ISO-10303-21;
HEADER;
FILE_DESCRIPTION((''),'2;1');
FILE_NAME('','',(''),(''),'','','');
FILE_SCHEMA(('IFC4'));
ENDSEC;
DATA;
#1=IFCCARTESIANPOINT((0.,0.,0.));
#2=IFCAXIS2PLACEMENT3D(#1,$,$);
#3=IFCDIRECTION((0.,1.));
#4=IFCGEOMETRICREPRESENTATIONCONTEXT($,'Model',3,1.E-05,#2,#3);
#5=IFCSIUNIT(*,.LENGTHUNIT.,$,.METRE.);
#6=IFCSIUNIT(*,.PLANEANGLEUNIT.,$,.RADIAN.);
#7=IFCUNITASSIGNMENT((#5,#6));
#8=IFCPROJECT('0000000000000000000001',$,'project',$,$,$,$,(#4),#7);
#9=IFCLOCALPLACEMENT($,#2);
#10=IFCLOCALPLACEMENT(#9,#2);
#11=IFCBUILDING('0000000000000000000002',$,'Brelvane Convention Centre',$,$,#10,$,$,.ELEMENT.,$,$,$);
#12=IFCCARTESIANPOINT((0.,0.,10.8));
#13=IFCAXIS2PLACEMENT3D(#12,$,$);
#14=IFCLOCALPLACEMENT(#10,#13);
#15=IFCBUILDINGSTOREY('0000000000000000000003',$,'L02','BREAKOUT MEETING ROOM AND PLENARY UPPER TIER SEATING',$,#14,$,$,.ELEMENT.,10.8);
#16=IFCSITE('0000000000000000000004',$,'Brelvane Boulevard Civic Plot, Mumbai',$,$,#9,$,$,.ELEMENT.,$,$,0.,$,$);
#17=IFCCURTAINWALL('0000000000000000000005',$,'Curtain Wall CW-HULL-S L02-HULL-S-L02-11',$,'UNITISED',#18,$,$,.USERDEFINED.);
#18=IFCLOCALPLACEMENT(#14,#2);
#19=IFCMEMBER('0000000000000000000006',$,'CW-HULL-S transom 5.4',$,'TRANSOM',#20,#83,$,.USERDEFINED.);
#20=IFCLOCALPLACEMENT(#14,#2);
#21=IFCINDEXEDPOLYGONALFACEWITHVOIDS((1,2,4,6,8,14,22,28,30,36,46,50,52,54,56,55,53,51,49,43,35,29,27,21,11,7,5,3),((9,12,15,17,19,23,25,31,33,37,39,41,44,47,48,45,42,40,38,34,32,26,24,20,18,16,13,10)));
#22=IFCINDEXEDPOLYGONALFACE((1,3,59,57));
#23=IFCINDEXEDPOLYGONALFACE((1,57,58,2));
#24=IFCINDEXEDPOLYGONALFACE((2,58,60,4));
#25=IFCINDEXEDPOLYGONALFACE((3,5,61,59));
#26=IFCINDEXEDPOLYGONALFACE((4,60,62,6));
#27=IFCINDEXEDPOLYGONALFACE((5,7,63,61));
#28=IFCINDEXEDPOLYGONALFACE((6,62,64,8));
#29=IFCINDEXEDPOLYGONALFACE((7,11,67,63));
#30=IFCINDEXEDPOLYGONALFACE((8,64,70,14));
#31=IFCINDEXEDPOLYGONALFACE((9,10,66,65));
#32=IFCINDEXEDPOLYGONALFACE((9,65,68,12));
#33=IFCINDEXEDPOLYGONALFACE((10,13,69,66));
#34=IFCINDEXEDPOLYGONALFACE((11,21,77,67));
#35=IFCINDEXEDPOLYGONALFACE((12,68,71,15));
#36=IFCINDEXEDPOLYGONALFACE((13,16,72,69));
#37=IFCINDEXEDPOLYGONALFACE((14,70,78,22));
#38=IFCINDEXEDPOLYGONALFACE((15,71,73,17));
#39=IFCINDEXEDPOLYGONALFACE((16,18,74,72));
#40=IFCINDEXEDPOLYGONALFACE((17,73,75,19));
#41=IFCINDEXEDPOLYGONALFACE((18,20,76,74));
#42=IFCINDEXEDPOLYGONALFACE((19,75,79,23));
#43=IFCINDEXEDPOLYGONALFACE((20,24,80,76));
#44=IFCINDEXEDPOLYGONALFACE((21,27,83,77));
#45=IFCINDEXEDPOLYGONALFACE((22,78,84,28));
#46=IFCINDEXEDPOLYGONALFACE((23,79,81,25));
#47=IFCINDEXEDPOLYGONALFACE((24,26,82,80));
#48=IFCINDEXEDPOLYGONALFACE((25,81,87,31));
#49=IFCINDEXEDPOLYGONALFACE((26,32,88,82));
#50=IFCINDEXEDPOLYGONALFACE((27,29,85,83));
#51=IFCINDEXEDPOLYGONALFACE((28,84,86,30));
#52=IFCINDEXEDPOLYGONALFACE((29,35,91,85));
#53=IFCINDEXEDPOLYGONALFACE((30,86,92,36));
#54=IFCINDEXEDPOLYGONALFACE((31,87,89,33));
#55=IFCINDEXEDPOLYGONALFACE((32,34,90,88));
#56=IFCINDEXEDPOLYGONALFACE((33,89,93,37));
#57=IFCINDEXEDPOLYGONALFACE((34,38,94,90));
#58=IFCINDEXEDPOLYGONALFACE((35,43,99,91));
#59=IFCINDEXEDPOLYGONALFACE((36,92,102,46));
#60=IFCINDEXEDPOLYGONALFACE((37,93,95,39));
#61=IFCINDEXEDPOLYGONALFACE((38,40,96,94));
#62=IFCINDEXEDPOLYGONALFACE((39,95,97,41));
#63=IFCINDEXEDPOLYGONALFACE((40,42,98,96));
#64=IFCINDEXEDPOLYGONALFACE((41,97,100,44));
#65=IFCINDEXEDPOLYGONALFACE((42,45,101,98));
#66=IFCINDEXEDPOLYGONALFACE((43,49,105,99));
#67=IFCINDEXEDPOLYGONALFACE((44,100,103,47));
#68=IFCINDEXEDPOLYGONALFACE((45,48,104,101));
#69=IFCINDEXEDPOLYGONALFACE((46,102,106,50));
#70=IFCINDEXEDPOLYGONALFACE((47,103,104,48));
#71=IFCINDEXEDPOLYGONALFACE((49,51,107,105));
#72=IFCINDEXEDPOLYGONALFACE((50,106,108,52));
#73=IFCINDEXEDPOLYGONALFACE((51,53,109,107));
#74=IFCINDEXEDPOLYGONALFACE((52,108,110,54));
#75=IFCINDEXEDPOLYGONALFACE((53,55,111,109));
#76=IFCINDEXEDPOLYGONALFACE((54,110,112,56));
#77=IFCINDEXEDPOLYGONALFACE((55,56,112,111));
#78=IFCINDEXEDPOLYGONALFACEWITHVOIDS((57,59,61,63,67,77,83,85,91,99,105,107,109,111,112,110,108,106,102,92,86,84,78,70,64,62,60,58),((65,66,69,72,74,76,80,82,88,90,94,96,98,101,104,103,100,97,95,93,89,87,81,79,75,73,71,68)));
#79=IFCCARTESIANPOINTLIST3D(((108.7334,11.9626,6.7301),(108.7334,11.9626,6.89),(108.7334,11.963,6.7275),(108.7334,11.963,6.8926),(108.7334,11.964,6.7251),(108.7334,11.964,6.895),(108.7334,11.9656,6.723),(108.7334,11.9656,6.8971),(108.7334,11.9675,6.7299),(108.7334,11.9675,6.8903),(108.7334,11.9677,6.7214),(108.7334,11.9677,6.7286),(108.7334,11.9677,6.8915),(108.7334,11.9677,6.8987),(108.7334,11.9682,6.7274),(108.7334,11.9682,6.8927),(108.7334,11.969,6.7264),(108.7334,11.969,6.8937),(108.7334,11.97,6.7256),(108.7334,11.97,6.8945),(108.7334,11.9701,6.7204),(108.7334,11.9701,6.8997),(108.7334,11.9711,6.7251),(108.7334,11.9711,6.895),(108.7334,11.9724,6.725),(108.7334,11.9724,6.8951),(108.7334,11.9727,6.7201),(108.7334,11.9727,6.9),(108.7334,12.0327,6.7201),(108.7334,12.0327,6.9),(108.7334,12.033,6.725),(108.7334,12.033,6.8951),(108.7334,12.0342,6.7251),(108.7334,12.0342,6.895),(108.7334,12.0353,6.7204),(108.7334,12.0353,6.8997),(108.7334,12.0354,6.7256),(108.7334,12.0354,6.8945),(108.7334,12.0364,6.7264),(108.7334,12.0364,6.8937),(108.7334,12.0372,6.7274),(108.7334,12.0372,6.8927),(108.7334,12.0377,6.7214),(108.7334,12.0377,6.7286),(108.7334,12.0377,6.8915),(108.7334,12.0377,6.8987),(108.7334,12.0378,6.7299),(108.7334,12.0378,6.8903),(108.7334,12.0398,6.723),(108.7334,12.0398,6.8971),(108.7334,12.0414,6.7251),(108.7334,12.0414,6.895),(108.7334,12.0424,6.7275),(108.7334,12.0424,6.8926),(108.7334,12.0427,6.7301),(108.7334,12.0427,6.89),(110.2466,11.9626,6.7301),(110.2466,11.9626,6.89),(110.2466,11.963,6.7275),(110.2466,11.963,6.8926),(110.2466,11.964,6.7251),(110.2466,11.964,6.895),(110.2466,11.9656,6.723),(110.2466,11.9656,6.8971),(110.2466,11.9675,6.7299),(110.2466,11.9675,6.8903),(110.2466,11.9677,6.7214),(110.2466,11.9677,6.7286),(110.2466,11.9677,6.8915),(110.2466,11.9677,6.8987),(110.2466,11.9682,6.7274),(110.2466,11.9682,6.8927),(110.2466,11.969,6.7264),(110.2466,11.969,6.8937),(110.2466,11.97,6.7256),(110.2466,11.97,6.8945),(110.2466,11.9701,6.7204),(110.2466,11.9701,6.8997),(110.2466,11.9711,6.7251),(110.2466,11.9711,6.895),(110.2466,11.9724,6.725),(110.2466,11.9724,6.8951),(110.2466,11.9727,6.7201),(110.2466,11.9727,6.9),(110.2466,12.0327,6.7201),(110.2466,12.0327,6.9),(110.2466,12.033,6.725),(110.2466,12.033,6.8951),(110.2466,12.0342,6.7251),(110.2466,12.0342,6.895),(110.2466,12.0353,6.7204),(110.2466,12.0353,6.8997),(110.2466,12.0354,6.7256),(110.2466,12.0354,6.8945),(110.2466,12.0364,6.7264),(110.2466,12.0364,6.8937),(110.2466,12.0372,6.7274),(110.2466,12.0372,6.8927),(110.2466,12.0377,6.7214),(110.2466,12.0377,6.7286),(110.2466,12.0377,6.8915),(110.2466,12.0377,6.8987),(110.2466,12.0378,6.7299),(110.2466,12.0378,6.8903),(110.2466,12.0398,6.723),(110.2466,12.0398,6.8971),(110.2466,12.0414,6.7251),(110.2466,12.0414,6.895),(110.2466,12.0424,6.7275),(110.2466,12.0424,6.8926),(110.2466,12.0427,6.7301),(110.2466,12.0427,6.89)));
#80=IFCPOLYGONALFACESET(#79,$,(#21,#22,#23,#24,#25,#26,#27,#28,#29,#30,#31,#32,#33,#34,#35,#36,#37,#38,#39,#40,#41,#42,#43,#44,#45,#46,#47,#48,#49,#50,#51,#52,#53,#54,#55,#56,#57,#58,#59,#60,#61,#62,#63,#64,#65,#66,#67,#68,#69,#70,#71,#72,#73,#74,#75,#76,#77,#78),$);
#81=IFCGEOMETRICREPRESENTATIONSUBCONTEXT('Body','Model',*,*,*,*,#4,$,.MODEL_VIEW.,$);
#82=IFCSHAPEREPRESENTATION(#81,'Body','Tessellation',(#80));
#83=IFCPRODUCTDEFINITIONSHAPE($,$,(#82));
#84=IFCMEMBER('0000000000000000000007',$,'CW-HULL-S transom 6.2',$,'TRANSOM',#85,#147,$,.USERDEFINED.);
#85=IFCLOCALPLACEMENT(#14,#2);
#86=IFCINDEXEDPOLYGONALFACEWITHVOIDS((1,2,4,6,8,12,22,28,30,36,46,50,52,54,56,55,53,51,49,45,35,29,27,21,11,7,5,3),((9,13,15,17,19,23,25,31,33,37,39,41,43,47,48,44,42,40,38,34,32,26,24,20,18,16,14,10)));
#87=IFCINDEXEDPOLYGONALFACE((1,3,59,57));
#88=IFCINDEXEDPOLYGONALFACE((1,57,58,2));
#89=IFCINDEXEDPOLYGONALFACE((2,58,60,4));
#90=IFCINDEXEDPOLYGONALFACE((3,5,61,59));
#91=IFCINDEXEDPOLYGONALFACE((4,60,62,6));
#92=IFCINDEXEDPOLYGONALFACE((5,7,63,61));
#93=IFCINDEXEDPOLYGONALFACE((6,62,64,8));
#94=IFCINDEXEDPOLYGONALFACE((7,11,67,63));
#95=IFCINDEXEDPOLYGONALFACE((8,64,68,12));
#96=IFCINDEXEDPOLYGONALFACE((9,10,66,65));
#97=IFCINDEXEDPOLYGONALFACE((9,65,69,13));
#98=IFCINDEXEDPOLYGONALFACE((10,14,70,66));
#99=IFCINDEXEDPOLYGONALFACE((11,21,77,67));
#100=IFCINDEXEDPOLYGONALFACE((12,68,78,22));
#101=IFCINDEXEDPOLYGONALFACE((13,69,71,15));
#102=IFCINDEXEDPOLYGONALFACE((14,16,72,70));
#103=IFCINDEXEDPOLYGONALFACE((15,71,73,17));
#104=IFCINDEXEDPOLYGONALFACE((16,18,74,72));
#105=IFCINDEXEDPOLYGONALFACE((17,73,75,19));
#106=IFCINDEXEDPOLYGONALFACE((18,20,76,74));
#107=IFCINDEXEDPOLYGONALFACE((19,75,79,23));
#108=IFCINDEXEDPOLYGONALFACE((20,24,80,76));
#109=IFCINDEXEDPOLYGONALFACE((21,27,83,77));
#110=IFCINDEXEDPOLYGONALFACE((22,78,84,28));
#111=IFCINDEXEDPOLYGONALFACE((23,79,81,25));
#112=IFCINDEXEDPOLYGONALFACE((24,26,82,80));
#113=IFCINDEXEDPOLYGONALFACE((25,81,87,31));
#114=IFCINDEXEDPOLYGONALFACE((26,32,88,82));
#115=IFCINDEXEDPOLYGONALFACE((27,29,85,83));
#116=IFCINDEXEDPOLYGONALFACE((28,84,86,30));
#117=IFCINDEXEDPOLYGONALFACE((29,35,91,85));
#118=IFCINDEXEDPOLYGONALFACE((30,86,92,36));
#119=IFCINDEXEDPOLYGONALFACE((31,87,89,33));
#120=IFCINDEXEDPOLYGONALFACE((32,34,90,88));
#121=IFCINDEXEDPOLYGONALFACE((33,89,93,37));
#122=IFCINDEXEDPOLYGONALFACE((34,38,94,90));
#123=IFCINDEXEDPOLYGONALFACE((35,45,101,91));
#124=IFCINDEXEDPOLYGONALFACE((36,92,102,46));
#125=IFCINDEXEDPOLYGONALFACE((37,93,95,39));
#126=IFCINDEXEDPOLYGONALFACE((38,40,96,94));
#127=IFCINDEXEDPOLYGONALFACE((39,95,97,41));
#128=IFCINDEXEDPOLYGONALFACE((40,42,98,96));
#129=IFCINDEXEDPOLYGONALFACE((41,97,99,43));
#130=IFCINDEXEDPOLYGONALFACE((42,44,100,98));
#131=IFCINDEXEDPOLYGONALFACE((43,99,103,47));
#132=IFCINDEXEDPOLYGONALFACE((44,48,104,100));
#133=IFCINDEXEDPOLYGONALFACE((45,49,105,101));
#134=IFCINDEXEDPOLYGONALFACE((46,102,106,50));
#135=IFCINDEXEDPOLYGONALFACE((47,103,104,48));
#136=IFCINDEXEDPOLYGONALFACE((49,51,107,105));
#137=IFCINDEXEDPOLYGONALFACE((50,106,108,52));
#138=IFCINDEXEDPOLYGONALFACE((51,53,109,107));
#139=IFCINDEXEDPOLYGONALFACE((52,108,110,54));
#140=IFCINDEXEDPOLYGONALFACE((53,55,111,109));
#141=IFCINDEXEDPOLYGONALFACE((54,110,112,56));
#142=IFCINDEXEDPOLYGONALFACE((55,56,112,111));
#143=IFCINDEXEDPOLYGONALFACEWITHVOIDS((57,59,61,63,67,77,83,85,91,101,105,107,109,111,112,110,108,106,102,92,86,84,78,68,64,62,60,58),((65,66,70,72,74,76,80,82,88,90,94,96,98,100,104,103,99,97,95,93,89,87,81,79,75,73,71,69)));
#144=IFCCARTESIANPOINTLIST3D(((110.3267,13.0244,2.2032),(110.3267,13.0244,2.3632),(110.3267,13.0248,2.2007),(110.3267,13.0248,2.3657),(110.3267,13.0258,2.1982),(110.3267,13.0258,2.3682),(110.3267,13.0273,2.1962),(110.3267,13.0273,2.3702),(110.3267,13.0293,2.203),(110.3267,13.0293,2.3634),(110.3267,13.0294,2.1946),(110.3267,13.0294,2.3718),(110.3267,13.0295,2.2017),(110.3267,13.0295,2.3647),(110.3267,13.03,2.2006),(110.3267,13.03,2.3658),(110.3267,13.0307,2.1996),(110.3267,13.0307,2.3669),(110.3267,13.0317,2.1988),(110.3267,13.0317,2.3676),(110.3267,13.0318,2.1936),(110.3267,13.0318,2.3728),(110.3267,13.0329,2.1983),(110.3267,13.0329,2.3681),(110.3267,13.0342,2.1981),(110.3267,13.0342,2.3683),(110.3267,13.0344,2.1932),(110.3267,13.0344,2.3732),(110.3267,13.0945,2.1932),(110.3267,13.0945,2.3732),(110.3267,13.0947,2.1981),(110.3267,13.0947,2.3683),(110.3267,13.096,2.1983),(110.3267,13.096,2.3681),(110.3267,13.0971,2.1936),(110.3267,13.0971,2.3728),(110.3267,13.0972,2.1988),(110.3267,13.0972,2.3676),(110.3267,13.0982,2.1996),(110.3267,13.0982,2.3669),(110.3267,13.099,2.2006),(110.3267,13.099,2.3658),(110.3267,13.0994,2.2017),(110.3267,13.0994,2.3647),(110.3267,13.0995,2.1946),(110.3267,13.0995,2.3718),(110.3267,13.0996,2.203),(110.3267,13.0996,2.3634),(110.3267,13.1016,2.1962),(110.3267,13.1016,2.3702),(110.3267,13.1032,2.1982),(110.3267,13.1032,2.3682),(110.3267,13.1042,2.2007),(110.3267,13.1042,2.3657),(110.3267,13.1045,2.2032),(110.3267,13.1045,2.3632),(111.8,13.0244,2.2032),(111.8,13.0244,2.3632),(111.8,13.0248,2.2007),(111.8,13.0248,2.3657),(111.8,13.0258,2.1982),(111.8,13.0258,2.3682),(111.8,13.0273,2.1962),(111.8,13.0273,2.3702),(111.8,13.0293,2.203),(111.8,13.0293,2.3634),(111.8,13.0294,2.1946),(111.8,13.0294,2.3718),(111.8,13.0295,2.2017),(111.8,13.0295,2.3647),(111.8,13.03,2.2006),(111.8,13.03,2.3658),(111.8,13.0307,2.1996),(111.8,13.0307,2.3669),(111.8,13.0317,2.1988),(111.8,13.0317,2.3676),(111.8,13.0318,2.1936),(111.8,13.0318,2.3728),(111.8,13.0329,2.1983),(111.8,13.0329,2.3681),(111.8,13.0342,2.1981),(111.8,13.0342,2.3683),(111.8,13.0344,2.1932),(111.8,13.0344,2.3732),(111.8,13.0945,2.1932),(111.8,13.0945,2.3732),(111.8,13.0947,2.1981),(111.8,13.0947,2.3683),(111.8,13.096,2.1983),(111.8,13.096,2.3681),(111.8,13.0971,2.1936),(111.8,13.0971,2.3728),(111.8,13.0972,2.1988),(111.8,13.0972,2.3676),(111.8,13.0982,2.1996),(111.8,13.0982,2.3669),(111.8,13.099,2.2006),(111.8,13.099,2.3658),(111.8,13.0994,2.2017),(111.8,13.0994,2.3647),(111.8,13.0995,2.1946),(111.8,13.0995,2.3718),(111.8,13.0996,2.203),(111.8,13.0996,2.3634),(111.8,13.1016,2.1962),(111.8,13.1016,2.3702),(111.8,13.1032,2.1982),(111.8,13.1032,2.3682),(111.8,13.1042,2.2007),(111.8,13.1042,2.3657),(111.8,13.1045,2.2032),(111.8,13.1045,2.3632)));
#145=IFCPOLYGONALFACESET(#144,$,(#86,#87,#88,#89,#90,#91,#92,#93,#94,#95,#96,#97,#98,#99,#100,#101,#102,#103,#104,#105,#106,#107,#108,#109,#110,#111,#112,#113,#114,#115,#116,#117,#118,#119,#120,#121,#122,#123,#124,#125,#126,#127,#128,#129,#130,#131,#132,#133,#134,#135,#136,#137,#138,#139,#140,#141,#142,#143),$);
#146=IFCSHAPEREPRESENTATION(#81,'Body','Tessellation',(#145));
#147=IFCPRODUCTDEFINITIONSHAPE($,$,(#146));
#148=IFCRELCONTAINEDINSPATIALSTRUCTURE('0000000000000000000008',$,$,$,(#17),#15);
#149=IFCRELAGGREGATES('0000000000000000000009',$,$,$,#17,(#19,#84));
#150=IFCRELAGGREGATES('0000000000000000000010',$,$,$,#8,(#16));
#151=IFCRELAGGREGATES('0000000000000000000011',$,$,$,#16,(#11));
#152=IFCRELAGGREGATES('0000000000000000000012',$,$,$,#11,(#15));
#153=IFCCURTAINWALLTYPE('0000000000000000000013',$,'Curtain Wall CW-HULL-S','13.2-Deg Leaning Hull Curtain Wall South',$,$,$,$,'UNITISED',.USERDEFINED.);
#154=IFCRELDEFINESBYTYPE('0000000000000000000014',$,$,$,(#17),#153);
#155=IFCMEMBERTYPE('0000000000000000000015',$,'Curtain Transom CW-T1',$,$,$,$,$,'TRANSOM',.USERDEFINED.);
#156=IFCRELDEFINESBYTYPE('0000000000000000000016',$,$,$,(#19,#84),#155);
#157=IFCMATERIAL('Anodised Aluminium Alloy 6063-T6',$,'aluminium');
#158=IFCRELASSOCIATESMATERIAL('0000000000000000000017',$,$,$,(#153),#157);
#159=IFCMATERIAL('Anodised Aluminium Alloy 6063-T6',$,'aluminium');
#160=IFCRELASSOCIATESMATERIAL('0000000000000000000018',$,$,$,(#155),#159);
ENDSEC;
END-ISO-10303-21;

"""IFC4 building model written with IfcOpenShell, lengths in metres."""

from ifc_helpers import new_model, si_unit, direction, frame, origin, origin_2d, place, context, subcontext, project, spatial, hollow_rectangle, extrude, material, material_profile, profile_set, type_object, element, aggregate, save


model = new_model("IFC4")

# Units and contexts
model_context = context("Model", 3, precision=1e-05, world=origin(), true_north=direction((0.0, 1.0)))
body_context = subcontext(model_context, "Body", "Model", "MODEL_VIEW")
ifc_project = project(units=[si_unit("LENGTHUNIT", "METRE"), si_unit("PLANEANGLEUNIT", "RADIAN")], contexts=[model_context])

# Site, building, storey
site_placement = place(None, origin())
site = spatial("IfcSite", under=ifc_project, at=site_placement, Name="Brelvane Boulevard Civic Plot, Mumbai", CompositionType="ELEMENT", RefElevation=0.0)
building_placement = place(site_placement, origin())
building = spatial("IfcBuilding", under=site, at=building_placement, Name="Brelvane Convention Centre", CompositionType="ELEMENT")
storey_placement = place(building_placement, frame((0.0, 0.0, 10.8)))
storey = spatial("IfcBuildingStorey", under=building, at=storey_placement, Name="L02", Description="BREAKOUT MEETING ROOM AND PLENARY UPPER TIER SEATING", CompositionType="ELEMENT", Elevation=10.8)

# Curtain wall, members
ifc_material_1 = material(Name="Anodised Aluminium Alloy 6063-T6", Category="aluminium")
curtain_wall_type = type_object("IfcCurtainWallType", Name="Curtain Wall CW-HULL-S", Description="13.2-Deg Leaning Hull Curtain Wall South", ElementType="UNITISED", PredefinedType="USERDEFINED", material=ifc_material_1)
curtain_wall_1_placement = place(storey_placement, origin())
curtain_wall_1 = element("IfcCurtainWall", 1, at=curtain_wall_1_placement, inside=storey, type_object=curtain_wall_type, Name="Curtain Wall CW-HULL-S L02-HULL-S-L02-11", ObjectType="UNITISED", PredefinedType="USERDEFINED")
ifc_material_2 = material(Name="Anodised Aluminium Alloy 6063-T6", Category="aluminium")
ifc_material_profile = material_profile(ifc_material_2, hollow_rectangle(XDim=0.0801, YDim=0.1799, WallThickness=0.0049, InnerFilletRadius=0.0049, OuterFilletRadius=0.01, at=origin_2d()), Name="ALU-T 180x80x5.0")
ifc_profile_set = profile_set([ifc_material_profile], Name="Anodised Aluminium Alloy 6063-T6")
member_type = type_object("IfcMemberType", Name="Curtain Transom CW-T1", ElementType="TRANSOM", PredefinedType="USERDEFINED", material=ifc_profile_set)
member_1_placement = place(storey_placement, frame((108.7334, 12.0027, 6.8101), z_axis=(1.0, 0.0, 0.0), x_axis=(0.0, 1.0, 0.0)))
member_1 = element("IfcMember", 2, at=member_1_placement, type_object=member_type, Name="CW-HULL-S transom 5.4", ObjectType="TRANSOM", PredefinedType="USERDEFINED", context=body_context, shape_type="SweptSolid", body=[
    extrude(hollow_rectangle(XDim=0.0801, YDim=0.1799, WallThickness=0.0049, InnerFilletRadius=0.0049, OuterFilletRadius=0.01, at=origin_2d()), origin(), (0.0, 0.0, 1.0), 1.5132),
])
member_2_placement = place(storey_placement, frame((110.3267, 13.0645, 2.2832), z_axis=(1.0, 0.0, 0.0), x_axis=(0.0, 1.0, 0.0)))
member_2 = element("IfcMember", 3, at=member_2_placement, type_object=member_type, Name="CW-HULL-S transom 6.2", ObjectType="TRANSOM", PredefinedType="USERDEFINED", context=body_context, shape_type="SweptSolid", body=[
    extrude(hollow_rectangle(XDim=0.0801, YDim=0.1799, WallThickness=0.0049, InnerFilletRadius=0.0049, OuterFilletRadius=0.01, at=origin_2d()), origin(), (0.0, 0.0, 1.0), 1.4734),
])

aggregate(curtain_wall_1, [member_1, member_2])

save(model, "model.ifc")
